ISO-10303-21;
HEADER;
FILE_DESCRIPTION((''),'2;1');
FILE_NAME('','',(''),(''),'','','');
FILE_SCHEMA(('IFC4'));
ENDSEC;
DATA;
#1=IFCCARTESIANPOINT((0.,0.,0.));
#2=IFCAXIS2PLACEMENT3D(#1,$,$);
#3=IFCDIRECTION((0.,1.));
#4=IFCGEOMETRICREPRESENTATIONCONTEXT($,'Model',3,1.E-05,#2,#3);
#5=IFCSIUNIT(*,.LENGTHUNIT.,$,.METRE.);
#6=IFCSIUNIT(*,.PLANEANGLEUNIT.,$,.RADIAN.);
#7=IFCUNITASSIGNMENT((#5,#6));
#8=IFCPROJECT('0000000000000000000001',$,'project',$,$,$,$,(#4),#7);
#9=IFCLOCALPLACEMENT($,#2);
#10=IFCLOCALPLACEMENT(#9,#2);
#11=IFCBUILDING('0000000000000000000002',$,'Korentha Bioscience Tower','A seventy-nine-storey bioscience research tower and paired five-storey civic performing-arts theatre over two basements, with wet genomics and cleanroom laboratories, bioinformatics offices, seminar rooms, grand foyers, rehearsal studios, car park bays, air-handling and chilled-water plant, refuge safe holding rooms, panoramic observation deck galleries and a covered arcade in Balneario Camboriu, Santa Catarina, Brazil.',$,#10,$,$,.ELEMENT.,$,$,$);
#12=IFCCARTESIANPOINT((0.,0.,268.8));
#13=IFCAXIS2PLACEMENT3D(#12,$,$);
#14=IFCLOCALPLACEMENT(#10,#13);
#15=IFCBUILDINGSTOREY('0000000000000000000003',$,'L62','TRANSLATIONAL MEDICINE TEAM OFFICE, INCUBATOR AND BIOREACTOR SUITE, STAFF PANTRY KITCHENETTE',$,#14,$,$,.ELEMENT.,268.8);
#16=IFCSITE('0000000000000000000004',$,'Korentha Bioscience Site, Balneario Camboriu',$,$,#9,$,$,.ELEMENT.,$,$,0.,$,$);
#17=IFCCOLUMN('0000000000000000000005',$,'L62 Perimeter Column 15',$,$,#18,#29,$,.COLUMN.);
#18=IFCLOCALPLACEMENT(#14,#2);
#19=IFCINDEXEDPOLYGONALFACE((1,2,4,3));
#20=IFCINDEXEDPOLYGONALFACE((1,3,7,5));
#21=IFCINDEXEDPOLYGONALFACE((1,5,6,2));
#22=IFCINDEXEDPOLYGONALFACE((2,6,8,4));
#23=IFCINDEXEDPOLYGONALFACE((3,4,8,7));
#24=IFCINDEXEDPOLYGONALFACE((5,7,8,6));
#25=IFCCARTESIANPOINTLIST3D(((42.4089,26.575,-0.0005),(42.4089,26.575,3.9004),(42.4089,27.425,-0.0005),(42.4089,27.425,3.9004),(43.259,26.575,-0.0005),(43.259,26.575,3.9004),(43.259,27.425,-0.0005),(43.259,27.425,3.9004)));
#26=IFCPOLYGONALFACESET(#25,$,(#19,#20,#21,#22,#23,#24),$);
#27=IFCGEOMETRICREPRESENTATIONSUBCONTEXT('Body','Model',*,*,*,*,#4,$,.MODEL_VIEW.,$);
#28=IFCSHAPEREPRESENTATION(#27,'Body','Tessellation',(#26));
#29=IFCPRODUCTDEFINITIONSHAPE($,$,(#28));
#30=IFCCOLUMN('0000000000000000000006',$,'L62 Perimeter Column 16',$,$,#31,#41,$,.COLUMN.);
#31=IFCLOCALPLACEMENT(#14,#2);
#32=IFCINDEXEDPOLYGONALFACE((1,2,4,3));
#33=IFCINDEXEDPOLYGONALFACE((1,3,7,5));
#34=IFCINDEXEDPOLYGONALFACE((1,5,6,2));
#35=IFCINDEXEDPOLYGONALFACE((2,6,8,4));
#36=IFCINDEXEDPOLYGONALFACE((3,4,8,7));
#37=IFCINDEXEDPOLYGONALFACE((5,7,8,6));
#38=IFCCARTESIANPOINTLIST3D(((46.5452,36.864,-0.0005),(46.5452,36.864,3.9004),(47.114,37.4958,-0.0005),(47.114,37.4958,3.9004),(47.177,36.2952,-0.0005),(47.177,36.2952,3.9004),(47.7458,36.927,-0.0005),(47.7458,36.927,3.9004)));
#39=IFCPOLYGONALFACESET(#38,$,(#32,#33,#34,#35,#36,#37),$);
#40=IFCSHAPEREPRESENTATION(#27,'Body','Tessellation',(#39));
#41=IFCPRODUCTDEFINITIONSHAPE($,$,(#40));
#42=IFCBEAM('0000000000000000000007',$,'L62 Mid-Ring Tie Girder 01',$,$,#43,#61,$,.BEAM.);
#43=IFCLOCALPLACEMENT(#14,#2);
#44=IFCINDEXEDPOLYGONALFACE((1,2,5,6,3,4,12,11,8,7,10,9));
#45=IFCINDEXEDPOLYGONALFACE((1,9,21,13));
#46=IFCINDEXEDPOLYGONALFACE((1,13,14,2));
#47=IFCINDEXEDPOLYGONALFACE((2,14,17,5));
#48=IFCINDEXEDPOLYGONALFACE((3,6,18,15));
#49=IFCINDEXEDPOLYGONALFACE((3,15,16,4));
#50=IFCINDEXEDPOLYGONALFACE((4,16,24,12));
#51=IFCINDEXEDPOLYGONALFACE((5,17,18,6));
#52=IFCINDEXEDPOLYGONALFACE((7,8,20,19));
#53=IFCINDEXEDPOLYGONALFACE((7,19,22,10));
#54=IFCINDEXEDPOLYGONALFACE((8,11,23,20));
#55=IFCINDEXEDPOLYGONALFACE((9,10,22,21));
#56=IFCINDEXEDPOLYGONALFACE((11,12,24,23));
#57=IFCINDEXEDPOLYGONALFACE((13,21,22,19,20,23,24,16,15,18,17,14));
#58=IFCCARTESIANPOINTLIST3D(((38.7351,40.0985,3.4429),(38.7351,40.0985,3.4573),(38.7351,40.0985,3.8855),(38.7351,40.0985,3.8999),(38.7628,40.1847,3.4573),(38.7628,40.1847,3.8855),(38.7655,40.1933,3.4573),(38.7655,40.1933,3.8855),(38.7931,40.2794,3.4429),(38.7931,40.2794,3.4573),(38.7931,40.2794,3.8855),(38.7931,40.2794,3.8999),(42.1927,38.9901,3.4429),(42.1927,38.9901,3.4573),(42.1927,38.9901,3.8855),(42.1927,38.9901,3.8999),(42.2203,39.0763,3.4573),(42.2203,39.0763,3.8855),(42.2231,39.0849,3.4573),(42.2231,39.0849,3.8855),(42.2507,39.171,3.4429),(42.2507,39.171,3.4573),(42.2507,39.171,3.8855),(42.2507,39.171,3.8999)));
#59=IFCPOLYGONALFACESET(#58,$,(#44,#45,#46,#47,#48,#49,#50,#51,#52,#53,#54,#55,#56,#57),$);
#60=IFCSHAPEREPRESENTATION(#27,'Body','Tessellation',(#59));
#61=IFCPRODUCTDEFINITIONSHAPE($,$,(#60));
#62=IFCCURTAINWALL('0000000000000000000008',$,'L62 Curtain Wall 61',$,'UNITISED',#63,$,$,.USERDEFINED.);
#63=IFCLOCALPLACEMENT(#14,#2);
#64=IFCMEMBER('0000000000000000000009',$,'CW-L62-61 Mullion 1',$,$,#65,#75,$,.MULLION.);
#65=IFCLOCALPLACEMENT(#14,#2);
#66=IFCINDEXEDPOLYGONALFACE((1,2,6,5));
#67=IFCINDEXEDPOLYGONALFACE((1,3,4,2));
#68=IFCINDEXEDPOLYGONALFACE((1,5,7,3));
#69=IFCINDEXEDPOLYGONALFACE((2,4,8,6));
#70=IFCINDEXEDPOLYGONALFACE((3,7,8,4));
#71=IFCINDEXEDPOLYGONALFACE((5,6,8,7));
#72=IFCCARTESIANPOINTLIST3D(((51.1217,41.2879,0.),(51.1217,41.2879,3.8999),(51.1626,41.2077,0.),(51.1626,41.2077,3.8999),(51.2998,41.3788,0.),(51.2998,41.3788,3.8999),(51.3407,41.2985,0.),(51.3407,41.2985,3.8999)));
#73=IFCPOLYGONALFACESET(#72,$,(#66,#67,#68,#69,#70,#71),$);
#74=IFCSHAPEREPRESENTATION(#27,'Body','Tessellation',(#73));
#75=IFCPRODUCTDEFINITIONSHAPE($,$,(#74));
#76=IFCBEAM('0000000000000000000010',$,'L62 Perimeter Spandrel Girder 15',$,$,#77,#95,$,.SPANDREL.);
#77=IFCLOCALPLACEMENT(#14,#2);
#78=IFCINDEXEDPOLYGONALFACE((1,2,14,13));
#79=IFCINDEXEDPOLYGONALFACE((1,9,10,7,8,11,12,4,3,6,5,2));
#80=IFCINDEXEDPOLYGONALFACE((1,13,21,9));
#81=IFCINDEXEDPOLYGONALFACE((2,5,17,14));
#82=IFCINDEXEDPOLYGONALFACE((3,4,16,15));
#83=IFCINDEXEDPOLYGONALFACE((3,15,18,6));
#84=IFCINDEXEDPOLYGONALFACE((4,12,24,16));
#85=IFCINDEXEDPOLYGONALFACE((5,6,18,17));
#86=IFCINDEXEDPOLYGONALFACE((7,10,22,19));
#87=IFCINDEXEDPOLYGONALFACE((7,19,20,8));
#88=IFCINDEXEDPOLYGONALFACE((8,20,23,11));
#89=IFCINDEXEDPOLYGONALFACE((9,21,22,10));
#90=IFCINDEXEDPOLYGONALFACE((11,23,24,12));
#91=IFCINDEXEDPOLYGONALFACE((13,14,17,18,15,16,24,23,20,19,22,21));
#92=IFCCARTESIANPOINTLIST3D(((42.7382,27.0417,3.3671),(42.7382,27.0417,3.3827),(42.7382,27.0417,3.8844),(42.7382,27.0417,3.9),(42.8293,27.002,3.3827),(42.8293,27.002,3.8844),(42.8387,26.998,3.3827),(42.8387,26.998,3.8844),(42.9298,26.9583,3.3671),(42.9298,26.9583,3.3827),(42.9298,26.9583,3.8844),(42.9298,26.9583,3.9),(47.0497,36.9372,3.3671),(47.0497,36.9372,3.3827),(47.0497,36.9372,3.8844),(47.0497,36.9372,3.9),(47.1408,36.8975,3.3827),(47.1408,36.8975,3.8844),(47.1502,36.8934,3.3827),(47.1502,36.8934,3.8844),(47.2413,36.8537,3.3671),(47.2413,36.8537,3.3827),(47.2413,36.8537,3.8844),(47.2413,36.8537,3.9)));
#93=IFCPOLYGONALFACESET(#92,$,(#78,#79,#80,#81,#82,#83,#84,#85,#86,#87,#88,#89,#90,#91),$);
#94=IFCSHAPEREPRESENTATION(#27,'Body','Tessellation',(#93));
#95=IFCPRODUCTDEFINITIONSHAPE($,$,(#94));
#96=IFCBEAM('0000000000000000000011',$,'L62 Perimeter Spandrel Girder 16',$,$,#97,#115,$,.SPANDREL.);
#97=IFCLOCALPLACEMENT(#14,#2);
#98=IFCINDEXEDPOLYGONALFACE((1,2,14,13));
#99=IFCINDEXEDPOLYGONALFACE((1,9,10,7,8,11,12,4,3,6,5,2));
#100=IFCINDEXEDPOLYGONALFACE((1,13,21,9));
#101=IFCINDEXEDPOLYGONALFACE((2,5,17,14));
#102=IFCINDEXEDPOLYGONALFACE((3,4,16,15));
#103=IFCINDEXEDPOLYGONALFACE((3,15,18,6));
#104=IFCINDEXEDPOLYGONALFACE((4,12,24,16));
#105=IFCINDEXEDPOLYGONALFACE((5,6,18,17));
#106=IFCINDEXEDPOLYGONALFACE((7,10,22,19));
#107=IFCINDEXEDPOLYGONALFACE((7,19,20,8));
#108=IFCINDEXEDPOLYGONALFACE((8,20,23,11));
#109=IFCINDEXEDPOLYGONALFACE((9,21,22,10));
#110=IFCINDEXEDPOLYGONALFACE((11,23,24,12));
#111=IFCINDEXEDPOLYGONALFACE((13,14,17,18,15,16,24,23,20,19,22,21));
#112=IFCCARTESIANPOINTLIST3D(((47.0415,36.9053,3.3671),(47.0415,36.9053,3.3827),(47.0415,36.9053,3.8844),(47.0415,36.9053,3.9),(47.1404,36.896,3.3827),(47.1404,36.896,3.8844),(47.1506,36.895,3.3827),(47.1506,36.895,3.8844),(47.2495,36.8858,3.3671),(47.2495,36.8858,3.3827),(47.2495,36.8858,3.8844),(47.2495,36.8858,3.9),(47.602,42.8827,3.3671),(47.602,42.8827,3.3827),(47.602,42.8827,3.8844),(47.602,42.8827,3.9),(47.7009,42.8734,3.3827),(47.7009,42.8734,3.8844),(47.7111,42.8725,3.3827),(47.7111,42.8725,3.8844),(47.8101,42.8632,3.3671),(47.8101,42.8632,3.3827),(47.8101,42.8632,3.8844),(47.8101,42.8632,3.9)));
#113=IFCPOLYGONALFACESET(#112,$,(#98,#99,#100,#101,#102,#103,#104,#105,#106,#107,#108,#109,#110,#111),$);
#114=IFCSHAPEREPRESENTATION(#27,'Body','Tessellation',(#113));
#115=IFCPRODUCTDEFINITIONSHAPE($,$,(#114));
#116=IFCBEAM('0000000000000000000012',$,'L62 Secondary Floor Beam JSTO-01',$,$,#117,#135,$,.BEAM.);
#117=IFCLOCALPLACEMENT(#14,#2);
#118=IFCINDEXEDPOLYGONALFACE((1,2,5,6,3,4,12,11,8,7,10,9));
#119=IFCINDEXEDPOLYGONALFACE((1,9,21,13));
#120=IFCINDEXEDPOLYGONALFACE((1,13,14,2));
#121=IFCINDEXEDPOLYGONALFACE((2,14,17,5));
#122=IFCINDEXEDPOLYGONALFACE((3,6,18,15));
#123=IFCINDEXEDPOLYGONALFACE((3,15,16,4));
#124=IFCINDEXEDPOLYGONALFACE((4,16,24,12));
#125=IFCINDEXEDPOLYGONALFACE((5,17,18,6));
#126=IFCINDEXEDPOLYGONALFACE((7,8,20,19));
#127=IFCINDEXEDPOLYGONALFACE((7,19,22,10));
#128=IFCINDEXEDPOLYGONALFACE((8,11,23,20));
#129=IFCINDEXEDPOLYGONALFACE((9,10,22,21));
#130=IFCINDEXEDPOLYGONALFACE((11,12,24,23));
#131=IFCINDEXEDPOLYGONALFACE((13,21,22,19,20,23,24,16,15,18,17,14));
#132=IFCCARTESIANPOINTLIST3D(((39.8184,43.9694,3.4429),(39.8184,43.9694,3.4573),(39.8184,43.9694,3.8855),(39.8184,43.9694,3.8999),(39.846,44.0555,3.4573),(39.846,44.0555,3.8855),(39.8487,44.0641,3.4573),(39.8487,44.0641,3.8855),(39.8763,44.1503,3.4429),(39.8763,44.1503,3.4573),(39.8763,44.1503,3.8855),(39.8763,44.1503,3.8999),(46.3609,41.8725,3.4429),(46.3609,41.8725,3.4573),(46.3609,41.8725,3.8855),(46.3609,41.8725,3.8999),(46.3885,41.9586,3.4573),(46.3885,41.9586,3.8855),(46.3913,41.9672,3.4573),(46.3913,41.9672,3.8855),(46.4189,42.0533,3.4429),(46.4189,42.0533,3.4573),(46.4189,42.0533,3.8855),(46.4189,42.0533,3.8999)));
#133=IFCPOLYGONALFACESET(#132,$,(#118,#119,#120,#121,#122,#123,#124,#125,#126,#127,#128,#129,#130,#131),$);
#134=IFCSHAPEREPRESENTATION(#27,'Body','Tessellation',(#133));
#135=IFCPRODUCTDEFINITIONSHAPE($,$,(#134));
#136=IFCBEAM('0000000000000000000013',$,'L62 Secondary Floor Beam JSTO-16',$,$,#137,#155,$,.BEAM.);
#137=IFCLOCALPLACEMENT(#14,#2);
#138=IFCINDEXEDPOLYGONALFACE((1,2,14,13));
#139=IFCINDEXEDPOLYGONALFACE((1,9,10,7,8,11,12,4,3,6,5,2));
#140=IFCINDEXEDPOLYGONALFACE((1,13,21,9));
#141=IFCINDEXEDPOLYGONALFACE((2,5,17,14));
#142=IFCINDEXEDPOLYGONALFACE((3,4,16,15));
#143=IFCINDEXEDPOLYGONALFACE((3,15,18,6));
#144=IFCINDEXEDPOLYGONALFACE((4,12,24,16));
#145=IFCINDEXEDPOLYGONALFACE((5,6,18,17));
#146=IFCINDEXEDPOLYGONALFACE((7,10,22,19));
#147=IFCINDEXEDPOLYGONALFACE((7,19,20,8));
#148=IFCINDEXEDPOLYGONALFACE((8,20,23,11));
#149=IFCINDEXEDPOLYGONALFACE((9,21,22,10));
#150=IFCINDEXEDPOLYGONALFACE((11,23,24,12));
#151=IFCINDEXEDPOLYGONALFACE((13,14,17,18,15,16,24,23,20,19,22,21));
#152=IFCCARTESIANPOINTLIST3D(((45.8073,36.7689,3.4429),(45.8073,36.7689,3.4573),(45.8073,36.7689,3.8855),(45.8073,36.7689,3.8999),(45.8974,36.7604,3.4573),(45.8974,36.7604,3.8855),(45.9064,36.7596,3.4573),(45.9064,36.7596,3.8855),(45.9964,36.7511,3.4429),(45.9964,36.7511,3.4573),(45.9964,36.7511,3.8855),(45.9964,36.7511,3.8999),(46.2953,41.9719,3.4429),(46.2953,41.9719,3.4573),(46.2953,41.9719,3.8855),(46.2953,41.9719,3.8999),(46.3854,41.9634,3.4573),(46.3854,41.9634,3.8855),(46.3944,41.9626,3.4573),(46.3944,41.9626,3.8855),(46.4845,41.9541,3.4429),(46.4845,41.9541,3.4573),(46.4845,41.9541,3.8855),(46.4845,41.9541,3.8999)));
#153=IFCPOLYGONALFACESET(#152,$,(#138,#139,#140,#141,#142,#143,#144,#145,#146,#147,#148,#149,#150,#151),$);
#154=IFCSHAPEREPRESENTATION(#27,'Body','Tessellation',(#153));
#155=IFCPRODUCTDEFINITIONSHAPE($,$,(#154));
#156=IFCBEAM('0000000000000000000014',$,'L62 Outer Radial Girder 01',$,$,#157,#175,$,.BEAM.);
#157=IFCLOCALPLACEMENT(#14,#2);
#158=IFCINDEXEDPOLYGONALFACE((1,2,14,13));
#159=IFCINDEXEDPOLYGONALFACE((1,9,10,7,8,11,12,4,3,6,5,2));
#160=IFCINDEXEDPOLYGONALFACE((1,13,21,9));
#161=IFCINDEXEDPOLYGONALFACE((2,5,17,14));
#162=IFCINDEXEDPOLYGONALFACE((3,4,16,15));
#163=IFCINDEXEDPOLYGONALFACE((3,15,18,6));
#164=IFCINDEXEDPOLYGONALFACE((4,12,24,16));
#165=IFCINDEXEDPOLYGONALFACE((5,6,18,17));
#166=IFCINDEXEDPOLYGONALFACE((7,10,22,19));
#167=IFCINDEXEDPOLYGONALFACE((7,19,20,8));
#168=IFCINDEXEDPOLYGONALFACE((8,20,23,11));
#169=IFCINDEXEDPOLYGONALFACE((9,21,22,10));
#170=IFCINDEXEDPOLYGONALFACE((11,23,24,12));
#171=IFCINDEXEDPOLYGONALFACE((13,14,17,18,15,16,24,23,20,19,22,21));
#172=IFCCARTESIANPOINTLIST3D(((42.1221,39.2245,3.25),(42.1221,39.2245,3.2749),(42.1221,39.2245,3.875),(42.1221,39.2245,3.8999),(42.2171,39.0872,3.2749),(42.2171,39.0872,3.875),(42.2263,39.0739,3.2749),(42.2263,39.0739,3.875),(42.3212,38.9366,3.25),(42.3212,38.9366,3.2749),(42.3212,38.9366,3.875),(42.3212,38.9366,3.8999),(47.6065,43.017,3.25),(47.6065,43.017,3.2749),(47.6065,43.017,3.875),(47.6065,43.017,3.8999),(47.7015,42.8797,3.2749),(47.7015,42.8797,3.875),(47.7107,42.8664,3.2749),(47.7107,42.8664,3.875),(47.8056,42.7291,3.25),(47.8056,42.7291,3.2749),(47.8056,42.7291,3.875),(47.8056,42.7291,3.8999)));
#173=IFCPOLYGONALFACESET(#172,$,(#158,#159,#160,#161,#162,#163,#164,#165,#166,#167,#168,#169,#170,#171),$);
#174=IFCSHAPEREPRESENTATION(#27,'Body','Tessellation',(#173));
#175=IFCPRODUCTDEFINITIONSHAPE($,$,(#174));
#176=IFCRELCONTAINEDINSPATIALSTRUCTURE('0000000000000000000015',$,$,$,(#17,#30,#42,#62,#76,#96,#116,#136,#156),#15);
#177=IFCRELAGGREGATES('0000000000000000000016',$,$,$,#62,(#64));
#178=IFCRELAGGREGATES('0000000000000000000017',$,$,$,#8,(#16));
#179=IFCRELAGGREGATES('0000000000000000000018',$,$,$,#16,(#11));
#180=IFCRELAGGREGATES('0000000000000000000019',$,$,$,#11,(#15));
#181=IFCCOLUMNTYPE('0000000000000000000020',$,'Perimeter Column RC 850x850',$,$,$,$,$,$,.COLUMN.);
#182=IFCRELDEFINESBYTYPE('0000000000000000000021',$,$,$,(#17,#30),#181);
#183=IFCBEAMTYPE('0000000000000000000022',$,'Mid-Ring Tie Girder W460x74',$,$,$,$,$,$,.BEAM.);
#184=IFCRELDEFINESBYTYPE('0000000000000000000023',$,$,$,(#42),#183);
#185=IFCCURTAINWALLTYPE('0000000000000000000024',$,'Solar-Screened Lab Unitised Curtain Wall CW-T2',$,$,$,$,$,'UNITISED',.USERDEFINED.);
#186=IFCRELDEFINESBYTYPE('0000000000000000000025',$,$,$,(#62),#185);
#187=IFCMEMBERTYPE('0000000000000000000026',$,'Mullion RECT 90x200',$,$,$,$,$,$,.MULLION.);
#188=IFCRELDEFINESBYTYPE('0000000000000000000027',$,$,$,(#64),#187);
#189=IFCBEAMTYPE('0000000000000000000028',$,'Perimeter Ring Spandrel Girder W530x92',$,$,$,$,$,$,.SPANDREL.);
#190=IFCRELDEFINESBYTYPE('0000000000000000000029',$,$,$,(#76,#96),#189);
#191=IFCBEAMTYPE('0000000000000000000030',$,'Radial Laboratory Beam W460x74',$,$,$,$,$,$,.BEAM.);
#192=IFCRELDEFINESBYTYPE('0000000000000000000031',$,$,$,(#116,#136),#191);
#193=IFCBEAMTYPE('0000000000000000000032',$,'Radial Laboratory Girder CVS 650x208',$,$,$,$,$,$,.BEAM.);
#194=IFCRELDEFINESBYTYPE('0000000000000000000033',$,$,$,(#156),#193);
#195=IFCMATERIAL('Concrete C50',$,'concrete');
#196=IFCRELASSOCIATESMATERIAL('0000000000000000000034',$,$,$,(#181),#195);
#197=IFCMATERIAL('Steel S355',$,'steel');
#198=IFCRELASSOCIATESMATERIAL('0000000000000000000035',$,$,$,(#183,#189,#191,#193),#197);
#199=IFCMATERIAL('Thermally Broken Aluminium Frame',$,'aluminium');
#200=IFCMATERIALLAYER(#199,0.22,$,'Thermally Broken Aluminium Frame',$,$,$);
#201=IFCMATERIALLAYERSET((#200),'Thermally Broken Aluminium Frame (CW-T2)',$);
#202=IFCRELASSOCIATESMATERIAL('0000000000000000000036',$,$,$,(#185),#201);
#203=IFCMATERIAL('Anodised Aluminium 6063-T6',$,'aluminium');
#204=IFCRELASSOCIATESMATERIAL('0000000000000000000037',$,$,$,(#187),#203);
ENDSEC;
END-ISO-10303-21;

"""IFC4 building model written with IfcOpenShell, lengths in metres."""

from ifc_helpers import new_model, si_unit, direction, frame, origin, origin_2d, place, context, subcontext, project, spatial, rectangle, i_section, extrude, material, layer, layer_set, material_profile, profile_set, type_object, element, aggregate, save


model = new_model("IFC4")

# Units and contexts
model_context = context("Model", 3, precision=1e-05, world=origin(), true_north=direction((0.0, 1.0)))
body_context = subcontext(model_context, "Body", "Model", "MODEL_VIEW")
ifc_project = project(units=[si_unit("LENGTHUNIT", "METRE"), si_unit("PLANEANGLEUNIT", "RADIAN")], contexts=[model_context])

# Site, building, storey
site_placement = place(None, origin())
site = spatial("IfcSite", under=ifc_project, at=site_placement, Name="Korentha Bioscience Site, Balneario Camboriu", CompositionType="ELEMENT", RefElevation=0.0)
building_placement = place(site_placement, origin())
building = spatial("IfcBuilding", under=site, at=building_placement, Name="Korentha Bioscience Tower", Description="A seventy-nine-storey bioscience research tower and paired five-storey civic performing-arts theatre over two basements, with wet genomics and cleanroom laboratories, bioinformatics offices, seminar rooms, grand foyers, rehearsal studios, car park bays, air-handling and chilled-water plant, refuge safe holding rooms, panoramic observation deck galleries and a covered arcade in Balneario Camboriu, Santa Catarina, Brazil.", CompositionType="ELEMENT")
storey_placement = place(building_placement, frame((0.0, 0.0, 268.8)))
storey = spatial("IfcBuildingStorey", under=building, at=storey_placement, Name="L62", Description="TRANSLATIONAL MEDICINE TEAM OFFICE, INCUBATOR AND BIOREACTOR SUITE, STAFF PANTRY KITCHENETTE", CompositionType="ELEMENT", Elevation=268.8)

# Columns
ifc_material_1 = material(Name="Concrete C50", Category="concrete")
ifc_material_profile_1 = material_profile(ifc_material_1, rectangle(XDim=0.8501, YDim=0.8501, at=origin_2d()), Name="Concrete C50")
ifc_profile_set_1 = profile_set([ifc_material_profile_1], Name="Concrete C50 (COL-P08)")
column_type = type_object("IfcColumnType", Name="Perimeter Column RC 850x850", PredefinedType="COLUMN", material=ifc_profile_set_1)
for number, where, z_axis, x_axis, name in (
    (1, (42.834, 27.0, -0.0005), (0.0, 0.0, 1.0), (0.0, 1.0, 0.0), "L62 Perimeter Column 15"),
    (2, (47.1455, 36.8955, -0.0005), (0.0, 0.0, 1.0), (0.669131, 0.743145, 0.0), "L62 Perimeter Column 16"),
):
    element("IfcColumn", number, at=place(storey_placement, frame(where, z_axis=z_axis, x_axis=x_axis)), inside=storey, type_object=column_type, Name=name, PredefinedType="COLUMN", context=body_context, shape_type="SweptSolid", body=[
        extrude(rectangle(XDim=0.8501, YDim=0.8501, at=origin_2d()), origin(), (0.0, 0.0, 1.0), 3.9009),
    ])

# Beam
ifc_material_2 = material(Name="Steel S355", Category="steel")
ifc_material_profile_2 = material_profile(ifc_material_2, i_section(OverallWidth=0.1899, OverallDepth=0.457, WebThickness=0.009, FlangeThickness=0.0144, at=origin_2d()), Name="Steel S355")
ifc_profile_set_2 = profile_set([ifc_material_profile_2], Name="Steel S355 (MB-460)")
beam_type_1 = type_object("IfcBeamType", Name="Mid-Ring Tie Girder W460x74", PredefinedType="BEAM", material=ifc_profile_set_2)
beam_1_placement = place(storey_placement, frame((42.2217, 39.0806, 3.6714), z_axis=(-0.952265, 0.305273, 0.0), x_axis=(-0.305273, -0.952265, 0.0)))
element("IfcBeam", 3, at=beam_1_placement, inside=storey, type_object=beam_type_1, Name="L62 Mid-Ring Tie Girder 01", PredefinedType="BEAM", context=body_context, shape_type="SweptSolid", body=[
    extrude(i_section(OverallWidth=0.1899, OverallDepth=0.457, WebThickness=0.009, FlangeThickness=0.0144, at=origin_2d()), origin(), (0.0, 0.0, 1.0), 3.6309),
])

# Curtain wall, member
ifc_material_3 = material(Name="Thermally Broken Aluminium Frame", Category="aluminium")
ifc_layer_1 = layer(ifc_material_3, 0.22, Name="Thermally Broken Aluminium Frame")
ifc_layer_set_1 = layer_set([ifc_layer_1], Name="Thermally Broken Aluminium Frame (CW-T2)")
curtain_wall_type = type_object("IfcCurtainWallType", Name="Solar-Screened Lab Unitised Curtain Wall CW-T2", ElementType="UNITISED", PredefinedType="USERDEFINED", material=ifc_layer_set_1)
curtain_wall_placement = place(storey_placement, origin())
curtain_wall = element("IfcCurtainWall", 4, at=curtain_wall_placement, inside=storey, type_object=curtain_wall_type, Name="L62 Curtain Wall 61", ObjectType="UNITISED", PredefinedType="USERDEFINED")
ifc_material_4 = material(Name="Anodised Aluminium 6063-T6", Category="aluminium")
ifc_material_profile_3 = material_profile(ifc_material_4, rectangle(XDim=0.0901, YDim=0.2, at=origin_2d()), Name="Anodised Aluminium 6063-T6")
ifc_profile_set_3 = profile_set([ifc_material_profile_3], Name="Anodised Aluminium 6063-T6 (CW-MUL)")
member_type_1 = type_object("IfcMemberType", Name="Mullion RECT 90x200", PredefinedType="MULLION", material=ifc_profile_set_3)
member_1_placement = place(storey_placement, frame((51.2312, 41.2932, 0.0), z_axis=(0.0, 0.0, 1.0), x_axis=(-0.454239, 0.89088, 0.0)))
member_1 = element("IfcMember", 5, at=member_1_placement, type_object=member_type_1, Name="CW-L62-61 Mullion 1", PredefinedType="MULLION", context=body_context, shape_type="SweptSolid", body=[
    extrude(rectangle(XDim=0.0901, YDim=0.2, at=origin_2d()), origin(), (0.0, 0.0, 1.0), 3.8999),
])

# Beams
ifc_material_profile_4 = material_profile(ifc_material_2, i_section(OverallWidth=0.209, OverallDepth=0.533, WebThickness=0.0103, FlangeThickness=0.0156, at=origin_2d()), Name="Steel S355")
ifc_profile_set_4 = profile_set([ifc_material_profile_4], Name="Steel S355 (SB-530)")
beam_type_2 = type_object("IfcBeamType", Name="Perimeter Ring Spandrel Girder W530x92", PredefinedType="SPANDREL", material=ifc_profile_set_4)
beam_2_placement = place(storey_placement, frame((42.834, 27.0, 3.6335), z_axis=(0.399437, 0.916761, 0.0), x_axis=(-0.916761, 0.399437, 0.0)))
element("IfcBeam", 6, at=beam_2_placement, inside=storey, type_object=beam_type_2, Name="L62 Perimeter Spandrel Girder 15", PredefinedType="SPANDREL", context=body_context, shape_type="SweptSolid", body=[
    extrude(i_section(OverallWidth=0.209, OverallDepth=0.533, WebThickness=0.0103, FlangeThickness=0.0156, at=origin_2d()), origin(), (0.0, 0.0, 1.0), 10.7939),
])
beam_3_placement = place(storey_placement, frame((47.1455, 36.8955, 3.6335), z_axis=(0.093366, 0.995632, 0.0), x_axis=(-0.995632, 0.093366, 0.0)))
element("IfcBeam", 7, at=beam_3_placement, inside=storey, type_object=beam_type_2, Name="L62 Perimeter Spandrel Girder 16", PredefinedType="SPANDREL", context=body_context, shape_type="SweptSolid", body=[
    extrude(i_section(OverallWidth=0.209, OverallDepth=0.533, WebThickness=0.0103, FlangeThickness=0.0156, at=origin_2d()), origin(), (0.0, 0.0, 1.0), 6.0037),
])
ifc_material_profile_5 = material_profile(ifc_material_2, i_section(OverallWidth=0.1899, OverallDepth=0.457, WebThickness=0.009, FlangeThickness=0.0144, at=origin_2d()), Name="Steel S355")
ifc_profile_set_5 = profile_set([ifc_material_profile_5], Name="Steel S355 (RB-460)")
beam_type_3 = type_object("IfcBeamType", Name="Radial Laboratory Beam W460x74", PredefinedType="BEAM", material=ifc_profile_set_5)
beam_4_placement = place(storey_placement, frame((46.3899, 41.9629, 3.6714), z_axis=(-0.952283, 0.305215, 0.0), x_axis=(-0.305215, -0.952283, 0.0)))
element("IfcBeam", 8, at=beam_4_placement, inside=storey, type_object=beam_type_3, Name="L62 Secondary Floor Beam JSTO-01", PredefinedType="BEAM", context=body_context, shape_type="SweptSolid", body=[
    extrude(i_section(OverallWidth=0.1899, OverallDepth=0.457, WebThickness=0.009, FlangeThickness=0.0144, at=origin_2d()), origin(), (0.0, 0.0, 1.0), 6.8704),
])
beam_5_placement = place(storey_placement, frame((45.9019, 36.76, 3.6714), z_axis=(0.093391, 0.995629, 0.0), x_axis=(-0.995629, 0.093391, 0.0)))
element("IfcBeam", 9, at=beam_5_placement, inside=storey, type_object=beam_type_3, Name="L62 Secondary Floor Beam JSTO-16", PredefinedType="BEAM", context=body_context, shape_type="SweptSolid", body=[
    extrude(i_section(OverallWidth=0.1899, OverallDepth=0.457, WebThickness=0.009, FlangeThickness=0.0144, at=origin_2d()), origin(), (0.0, 0.0, 1.0), 5.2258),
])
ifc_material_profile_6 = material_profile(ifc_material_2, i_section(OverallWidth=0.3501, OverallDepth=0.6499, WebThickness=0.0161, FlangeThickness=0.0249, at=origin_2d()), Name="Steel S355")
ifc_profile_set_6 = profile_set([ifc_material_profile_6], Name="Steel S355 (RB-650)")
beam_type_4 = type_object("IfcBeamType", Name="Radial Laboratory Girder CVS 650x208", PredefinedType="BEAM", material=ifc_profile_set_6)
beam_6_placement = place(storey_placement, frame((42.2217, 39.0806, 3.575), z_axis=(0.822501, 0.568764, 0.0), x_axis=(-0.568764, 0.822501, 0.0)))
element("IfcBeam", 10, at=beam_6_placement, inside=storey, type_object=beam_type_4, Name="L62 Outer Radial Girder 01", PredefinedType="BEAM", context=body_context, shape_type="SweptSolid", body=[
    extrude(i_section(OverallWidth=0.3501, OverallDepth=0.6499, WebThickness=0.0161, FlangeThickness=0.0249, at=origin_2d()), origin(), (0.0, 0.0, 1.0), 6.668),
])

aggregate(curtain_wall, [member_1])

save(model, "model.ifc")
